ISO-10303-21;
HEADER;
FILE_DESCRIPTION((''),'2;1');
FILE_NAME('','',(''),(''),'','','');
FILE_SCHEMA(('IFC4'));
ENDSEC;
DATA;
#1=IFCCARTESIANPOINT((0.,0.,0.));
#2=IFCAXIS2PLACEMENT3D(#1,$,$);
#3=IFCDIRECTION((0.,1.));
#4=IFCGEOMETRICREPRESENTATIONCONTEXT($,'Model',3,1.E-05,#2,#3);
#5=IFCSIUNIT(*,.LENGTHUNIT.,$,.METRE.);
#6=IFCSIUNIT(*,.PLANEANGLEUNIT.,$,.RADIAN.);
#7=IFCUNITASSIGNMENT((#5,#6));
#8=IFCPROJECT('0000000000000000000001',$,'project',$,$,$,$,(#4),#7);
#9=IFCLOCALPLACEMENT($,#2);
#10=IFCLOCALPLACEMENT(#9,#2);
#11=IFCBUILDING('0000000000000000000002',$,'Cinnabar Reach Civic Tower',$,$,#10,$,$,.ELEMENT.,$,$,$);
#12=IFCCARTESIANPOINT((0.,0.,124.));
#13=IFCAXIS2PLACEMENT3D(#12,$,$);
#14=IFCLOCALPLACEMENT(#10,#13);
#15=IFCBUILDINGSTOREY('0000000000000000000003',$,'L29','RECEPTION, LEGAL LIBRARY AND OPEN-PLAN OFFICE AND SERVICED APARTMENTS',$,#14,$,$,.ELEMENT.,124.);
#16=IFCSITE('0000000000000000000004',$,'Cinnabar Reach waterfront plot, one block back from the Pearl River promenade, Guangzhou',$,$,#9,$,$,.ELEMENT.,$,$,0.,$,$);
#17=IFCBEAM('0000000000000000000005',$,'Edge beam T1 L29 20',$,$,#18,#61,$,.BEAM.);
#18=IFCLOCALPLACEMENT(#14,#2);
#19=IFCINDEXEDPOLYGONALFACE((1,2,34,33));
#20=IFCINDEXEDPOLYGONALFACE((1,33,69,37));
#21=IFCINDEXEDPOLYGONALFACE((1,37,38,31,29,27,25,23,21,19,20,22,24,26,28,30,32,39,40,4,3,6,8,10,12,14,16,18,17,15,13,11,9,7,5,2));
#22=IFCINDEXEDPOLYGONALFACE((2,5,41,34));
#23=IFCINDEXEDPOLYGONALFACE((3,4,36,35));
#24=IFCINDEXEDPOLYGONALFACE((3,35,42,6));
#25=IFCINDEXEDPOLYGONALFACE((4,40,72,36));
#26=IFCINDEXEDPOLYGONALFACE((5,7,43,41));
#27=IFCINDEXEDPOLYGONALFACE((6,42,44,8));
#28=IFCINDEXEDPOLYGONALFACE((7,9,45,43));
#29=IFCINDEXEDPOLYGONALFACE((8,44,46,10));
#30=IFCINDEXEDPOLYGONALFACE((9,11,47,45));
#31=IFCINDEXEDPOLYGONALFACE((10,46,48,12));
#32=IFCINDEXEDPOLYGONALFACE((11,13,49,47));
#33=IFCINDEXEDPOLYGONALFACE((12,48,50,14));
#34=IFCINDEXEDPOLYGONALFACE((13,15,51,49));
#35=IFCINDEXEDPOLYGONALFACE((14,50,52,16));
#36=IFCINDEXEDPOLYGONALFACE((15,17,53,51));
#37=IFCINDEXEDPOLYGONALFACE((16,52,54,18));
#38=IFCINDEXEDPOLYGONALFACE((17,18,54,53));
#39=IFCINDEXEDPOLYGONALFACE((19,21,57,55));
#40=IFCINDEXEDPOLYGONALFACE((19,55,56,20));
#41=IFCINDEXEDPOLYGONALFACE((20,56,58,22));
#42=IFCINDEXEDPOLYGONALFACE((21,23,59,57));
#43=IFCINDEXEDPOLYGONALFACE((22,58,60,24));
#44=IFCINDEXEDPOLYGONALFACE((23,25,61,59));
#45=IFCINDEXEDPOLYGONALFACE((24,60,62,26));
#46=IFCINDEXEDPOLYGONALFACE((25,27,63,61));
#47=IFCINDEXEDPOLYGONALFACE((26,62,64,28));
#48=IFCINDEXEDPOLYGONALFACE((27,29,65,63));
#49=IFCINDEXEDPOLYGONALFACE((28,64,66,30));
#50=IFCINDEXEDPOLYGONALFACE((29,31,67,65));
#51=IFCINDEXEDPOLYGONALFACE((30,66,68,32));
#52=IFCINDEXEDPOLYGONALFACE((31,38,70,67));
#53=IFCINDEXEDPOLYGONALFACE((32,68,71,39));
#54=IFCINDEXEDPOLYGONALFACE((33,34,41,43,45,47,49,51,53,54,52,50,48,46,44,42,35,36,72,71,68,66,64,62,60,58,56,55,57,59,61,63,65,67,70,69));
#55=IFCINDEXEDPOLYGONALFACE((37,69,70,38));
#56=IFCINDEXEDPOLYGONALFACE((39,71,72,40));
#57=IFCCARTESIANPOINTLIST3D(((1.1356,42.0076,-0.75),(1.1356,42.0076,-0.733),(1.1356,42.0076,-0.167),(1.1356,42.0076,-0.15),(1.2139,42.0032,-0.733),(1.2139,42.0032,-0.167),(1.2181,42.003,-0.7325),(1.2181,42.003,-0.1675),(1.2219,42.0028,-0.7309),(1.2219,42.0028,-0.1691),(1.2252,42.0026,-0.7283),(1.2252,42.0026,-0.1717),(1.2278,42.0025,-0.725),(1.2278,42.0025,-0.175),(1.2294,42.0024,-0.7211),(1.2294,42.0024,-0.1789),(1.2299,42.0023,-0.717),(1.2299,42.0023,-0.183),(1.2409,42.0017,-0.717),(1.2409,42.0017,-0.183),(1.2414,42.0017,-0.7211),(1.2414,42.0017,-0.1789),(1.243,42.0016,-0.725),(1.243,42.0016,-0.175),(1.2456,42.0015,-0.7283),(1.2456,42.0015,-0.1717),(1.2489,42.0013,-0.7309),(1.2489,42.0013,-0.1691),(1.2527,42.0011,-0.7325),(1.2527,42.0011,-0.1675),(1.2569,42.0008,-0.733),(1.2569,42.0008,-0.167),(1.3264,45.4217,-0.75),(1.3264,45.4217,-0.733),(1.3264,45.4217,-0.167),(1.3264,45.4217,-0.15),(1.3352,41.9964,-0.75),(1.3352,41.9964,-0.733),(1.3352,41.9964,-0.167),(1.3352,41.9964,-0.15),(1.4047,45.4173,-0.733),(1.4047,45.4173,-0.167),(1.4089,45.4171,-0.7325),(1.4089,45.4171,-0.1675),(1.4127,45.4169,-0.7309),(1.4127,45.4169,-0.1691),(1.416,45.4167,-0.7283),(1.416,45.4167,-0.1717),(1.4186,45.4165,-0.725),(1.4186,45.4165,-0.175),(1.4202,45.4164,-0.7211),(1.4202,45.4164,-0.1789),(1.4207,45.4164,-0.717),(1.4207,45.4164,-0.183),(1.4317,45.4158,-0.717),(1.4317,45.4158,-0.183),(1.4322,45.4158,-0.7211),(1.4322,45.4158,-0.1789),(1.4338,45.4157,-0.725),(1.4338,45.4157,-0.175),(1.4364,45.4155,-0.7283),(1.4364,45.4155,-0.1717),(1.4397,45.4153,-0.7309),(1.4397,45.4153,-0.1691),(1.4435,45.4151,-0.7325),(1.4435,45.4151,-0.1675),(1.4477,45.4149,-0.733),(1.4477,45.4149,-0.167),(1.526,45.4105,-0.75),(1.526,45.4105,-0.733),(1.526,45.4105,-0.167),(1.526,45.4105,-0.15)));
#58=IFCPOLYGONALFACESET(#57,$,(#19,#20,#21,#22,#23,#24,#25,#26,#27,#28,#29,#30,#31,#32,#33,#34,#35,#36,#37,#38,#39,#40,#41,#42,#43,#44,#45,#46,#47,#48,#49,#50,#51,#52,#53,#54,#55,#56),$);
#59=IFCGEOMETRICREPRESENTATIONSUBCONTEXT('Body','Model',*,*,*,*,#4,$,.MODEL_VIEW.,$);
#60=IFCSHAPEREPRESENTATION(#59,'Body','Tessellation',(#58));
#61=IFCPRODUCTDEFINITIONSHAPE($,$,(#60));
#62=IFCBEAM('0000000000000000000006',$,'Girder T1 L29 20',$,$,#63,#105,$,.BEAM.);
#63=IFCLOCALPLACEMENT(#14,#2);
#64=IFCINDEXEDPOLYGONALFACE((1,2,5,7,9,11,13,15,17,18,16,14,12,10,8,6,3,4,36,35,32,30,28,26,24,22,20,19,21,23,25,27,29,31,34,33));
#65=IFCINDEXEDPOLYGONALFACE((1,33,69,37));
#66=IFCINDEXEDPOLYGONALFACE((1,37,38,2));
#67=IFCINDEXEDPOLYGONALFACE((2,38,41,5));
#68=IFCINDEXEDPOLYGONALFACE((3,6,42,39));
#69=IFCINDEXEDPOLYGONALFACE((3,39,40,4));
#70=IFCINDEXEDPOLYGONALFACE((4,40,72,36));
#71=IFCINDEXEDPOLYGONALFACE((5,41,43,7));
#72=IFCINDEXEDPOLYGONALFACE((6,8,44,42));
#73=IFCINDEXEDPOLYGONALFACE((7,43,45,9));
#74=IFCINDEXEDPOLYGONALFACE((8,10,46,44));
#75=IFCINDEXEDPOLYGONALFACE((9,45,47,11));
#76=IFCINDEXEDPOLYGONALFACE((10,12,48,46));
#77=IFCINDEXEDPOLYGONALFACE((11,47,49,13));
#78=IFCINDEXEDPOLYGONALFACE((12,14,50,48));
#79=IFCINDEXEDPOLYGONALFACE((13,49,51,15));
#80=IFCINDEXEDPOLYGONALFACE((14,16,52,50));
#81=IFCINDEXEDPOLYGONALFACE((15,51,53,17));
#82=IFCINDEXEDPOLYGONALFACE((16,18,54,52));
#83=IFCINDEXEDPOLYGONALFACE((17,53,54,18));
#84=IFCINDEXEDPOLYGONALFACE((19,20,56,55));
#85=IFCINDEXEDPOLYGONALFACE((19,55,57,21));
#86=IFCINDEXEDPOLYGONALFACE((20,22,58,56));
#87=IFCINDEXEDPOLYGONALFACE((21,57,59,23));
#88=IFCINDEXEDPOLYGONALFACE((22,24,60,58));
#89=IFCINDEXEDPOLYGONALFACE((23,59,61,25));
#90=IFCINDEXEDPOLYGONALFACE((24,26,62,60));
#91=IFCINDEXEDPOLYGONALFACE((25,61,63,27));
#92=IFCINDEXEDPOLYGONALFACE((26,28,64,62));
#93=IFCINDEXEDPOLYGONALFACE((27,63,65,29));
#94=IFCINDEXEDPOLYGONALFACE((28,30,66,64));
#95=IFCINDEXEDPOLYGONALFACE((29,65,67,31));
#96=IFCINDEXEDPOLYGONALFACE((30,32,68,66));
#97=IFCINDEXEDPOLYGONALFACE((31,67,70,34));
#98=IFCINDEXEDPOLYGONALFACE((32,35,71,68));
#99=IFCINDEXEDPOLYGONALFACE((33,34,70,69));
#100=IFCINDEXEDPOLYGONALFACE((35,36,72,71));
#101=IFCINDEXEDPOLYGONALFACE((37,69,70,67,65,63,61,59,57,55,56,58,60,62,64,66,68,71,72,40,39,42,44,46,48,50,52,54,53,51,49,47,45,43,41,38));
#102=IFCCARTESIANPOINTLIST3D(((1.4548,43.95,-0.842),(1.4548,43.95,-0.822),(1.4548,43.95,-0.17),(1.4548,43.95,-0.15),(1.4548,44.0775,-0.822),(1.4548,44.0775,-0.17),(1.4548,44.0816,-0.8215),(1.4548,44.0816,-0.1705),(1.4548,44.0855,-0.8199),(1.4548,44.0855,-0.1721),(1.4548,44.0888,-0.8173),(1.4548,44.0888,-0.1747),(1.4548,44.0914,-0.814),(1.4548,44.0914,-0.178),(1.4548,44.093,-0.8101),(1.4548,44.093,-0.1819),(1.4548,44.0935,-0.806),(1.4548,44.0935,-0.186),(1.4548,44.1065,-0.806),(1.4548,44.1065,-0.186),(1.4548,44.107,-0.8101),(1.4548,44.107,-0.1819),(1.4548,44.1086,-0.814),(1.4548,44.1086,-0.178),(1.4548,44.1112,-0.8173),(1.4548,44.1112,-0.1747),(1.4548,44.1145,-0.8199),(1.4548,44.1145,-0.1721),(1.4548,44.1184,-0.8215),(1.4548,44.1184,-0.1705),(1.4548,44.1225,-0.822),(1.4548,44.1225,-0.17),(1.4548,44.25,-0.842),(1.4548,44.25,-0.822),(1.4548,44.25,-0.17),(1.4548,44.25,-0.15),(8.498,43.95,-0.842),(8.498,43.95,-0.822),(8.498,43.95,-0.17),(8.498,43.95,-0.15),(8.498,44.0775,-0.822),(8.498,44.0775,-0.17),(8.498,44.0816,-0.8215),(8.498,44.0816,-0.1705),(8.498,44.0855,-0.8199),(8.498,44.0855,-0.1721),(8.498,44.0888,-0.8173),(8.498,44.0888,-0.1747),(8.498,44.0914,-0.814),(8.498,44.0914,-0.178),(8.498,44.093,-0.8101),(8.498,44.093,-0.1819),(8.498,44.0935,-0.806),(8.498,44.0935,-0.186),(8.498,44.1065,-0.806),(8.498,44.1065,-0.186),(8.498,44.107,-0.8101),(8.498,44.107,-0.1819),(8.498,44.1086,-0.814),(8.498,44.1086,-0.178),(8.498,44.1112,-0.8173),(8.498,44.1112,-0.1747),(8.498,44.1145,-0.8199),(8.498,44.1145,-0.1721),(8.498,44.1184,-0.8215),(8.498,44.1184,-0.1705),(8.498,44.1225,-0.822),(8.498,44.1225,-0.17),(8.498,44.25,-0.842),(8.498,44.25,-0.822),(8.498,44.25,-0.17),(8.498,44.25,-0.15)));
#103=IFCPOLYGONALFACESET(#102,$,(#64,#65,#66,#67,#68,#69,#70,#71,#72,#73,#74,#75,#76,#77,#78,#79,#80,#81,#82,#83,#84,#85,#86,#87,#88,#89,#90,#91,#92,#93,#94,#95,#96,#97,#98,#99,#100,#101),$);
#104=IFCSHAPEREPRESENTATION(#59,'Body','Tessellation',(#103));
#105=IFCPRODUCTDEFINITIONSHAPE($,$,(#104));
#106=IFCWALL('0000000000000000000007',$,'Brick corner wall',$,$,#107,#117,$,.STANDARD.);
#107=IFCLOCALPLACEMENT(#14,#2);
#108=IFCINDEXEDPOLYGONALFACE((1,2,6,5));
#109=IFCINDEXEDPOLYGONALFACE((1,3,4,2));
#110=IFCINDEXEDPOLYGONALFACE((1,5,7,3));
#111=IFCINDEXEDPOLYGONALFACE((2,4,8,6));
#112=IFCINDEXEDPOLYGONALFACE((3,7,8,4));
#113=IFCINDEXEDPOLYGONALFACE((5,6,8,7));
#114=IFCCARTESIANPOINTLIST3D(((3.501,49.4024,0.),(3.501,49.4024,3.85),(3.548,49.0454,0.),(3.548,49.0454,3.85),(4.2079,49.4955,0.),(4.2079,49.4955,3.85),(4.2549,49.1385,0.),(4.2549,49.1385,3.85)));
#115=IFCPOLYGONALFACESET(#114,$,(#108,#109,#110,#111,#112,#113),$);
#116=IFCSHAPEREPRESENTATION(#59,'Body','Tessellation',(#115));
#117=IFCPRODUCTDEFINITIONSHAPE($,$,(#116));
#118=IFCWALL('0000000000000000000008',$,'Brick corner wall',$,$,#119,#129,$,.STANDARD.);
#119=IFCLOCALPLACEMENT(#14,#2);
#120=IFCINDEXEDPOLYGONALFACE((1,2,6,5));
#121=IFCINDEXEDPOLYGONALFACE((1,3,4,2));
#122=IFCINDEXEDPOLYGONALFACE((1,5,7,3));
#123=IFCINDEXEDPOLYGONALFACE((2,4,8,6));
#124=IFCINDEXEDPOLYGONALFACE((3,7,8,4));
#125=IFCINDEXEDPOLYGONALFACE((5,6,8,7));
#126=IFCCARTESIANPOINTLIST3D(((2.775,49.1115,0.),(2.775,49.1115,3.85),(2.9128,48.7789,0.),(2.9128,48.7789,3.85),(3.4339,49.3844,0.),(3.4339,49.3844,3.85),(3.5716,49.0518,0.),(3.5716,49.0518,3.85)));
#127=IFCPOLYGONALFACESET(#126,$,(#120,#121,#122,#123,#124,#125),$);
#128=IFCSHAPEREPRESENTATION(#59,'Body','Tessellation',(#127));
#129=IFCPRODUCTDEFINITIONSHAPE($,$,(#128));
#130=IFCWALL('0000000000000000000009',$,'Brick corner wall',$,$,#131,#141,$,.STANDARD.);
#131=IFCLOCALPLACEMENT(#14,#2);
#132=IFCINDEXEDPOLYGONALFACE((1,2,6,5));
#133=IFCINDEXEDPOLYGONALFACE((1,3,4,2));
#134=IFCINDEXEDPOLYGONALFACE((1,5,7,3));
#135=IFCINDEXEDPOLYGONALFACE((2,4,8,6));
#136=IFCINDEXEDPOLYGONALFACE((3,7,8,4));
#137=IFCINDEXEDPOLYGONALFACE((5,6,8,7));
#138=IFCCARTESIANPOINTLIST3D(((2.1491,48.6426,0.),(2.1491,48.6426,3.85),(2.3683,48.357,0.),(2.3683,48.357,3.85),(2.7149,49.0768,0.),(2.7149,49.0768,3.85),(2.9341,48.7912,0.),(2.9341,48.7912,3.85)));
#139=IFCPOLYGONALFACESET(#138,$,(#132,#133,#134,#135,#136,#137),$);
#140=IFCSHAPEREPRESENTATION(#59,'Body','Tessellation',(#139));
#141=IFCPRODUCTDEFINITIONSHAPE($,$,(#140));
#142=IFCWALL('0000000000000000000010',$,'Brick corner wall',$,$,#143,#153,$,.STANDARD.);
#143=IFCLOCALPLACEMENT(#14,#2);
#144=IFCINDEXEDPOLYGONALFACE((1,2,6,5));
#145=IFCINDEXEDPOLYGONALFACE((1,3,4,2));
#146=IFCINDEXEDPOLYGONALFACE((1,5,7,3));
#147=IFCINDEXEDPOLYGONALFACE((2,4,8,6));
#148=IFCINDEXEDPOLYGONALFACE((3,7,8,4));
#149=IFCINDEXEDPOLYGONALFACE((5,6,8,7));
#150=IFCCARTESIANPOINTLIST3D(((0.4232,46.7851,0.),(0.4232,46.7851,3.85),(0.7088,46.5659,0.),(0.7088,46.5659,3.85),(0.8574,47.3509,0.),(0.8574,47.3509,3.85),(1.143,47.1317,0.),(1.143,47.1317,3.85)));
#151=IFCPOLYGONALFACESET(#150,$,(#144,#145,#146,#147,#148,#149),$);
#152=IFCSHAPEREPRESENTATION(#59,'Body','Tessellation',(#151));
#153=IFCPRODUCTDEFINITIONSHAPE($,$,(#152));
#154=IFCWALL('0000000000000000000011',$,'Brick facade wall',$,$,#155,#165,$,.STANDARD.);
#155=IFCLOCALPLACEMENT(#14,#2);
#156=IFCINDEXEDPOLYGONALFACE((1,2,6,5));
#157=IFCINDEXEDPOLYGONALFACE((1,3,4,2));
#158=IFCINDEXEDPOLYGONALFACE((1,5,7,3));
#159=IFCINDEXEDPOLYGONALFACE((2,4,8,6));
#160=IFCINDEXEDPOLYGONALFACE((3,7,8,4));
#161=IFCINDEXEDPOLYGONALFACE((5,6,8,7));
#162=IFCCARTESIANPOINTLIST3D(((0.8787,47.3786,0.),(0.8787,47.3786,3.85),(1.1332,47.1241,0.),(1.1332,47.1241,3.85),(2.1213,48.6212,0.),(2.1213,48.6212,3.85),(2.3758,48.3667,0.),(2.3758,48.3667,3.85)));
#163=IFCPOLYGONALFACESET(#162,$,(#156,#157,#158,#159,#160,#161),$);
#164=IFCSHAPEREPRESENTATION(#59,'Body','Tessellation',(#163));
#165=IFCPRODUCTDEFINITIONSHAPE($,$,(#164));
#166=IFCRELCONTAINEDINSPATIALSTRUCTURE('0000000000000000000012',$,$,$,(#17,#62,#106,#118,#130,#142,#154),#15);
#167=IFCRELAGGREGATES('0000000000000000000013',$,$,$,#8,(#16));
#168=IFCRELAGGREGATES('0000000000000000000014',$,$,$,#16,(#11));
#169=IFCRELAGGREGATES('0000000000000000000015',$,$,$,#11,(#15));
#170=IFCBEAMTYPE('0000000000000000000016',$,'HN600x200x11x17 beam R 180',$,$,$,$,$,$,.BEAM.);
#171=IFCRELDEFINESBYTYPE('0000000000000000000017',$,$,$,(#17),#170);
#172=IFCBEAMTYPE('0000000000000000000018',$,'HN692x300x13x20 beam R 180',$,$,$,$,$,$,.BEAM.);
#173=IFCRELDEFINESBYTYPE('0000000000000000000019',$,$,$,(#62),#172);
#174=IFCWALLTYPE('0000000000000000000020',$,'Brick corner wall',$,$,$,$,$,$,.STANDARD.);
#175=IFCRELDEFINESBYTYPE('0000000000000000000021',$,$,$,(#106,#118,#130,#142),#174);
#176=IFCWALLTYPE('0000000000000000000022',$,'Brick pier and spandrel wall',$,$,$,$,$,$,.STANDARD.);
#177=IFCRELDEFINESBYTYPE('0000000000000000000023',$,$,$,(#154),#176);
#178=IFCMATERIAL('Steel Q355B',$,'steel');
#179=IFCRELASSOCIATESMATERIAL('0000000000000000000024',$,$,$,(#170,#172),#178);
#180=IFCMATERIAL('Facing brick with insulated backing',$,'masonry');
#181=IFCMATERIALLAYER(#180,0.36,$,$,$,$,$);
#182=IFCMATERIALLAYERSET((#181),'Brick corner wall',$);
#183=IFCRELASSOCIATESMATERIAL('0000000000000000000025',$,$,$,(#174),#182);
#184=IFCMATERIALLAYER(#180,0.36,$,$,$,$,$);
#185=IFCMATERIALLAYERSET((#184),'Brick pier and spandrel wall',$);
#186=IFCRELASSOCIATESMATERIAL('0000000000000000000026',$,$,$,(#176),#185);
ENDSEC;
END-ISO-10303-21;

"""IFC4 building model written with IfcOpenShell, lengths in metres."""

from ifc_helpers import new_model, si_unit, direction, frame, frame_2d, origin, origin_2d, place, context, subcontext, project, spatial, rectangle, i_section, extrude, material, layer, layer_set, material_profile, profile_set, type_object, element, save


model = new_model("IFC4")

# Units and contexts
model_context = context("Model", 3, precision=1e-05, world=origin(), true_north=direction((0.0, 1.0)))
body_context = subcontext(model_context, "Body", "Model", "MODEL_VIEW")
ifc_project = project(units=[si_unit("LENGTHUNIT", "METRE"), si_unit("PLANEANGLEUNIT", "RADIAN")], contexts=[model_context])

# Site, building, storey
site_placement = place(None, origin())
site = spatial("IfcSite", under=ifc_project, at=site_placement, Name="Cinnabar Reach waterfront plot, one block back from the Pearl River promenade, Guangzhou", CompositionType="ELEMENT", RefElevation=0.0)
building_placement = place(site_placement, origin())
building = spatial("IfcBuilding", under=site, at=building_placement, Name="Cinnabar Reach Civic Tower", CompositionType="ELEMENT")
storey_placement = place(building_placement, frame((0.0, 0.0, 124.0)))
storey = spatial("IfcBuildingStorey", under=building, at=storey_placement, Name="L29", Description="RECEPTION, LEGAL LIBRARY AND OPEN-PLAN OFFICE AND SERVICED APARTMENTS", CompositionType="ELEMENT", Elevation=124.0)

# Beams
ifc_material_1 = material(Name="Steel Q355B", Category="steel")
ifc_material_profile_1 = material_profile(ifc_material_1, i_section(OverallWidth=0.2, OverallDepth=0.6, WebThickness=0.011, FlangeThickness=0.017, FilletRadius=0.016, at=origin_2d()), Name="HN600x200x11x17")
ifc_profile_set_1 = profile_set([ifc_material_profile_1], Name="Steel Q355B")
beam_type_1 = type_object("IfcBeamType", Name="HN600x200x11x17 beam R 180", PredefinedType="BEAM", material=ifc_profile_set_1)
beam_1_placement = place(storey_placement, frame((1.4262, 45.4161, -0.45), z_axis=(-0.055799, -0.998442, 0.0), x_axis=(0.998442, -0.055799, 0.0)))
element("IfcBeam", 1, at=beam_1_placement, inside=storey, type_object=beam_type_1, Name="Edge beam T1 L29 20", PredefinedType="BEAM", context=body_context, shape_type="SweptSolid", body=[
    extrude(i_section(OverallWidth=0.2, OverallDepth=0.6, WebThickness=0.011, FlangeThickness=0.017, FilletRadius=0.016, at=origin_2d()), origin(), (0.0, 0.0, 1.0), 3.4194),
])
ifc_material_profile_2 = material_profile(ifc_material_1, i_section(OverallWidth=0.3, OverallDepth=0.692, WebThickness=0.013, FlangeThickness=0.02, FilletRadius=0.016, at=origin_2d()), Name="HN692x300x13x20")
ifc_profile_set_2 = profile_set([ifc_material_profile_2], Name="Steel Q355B")
beam_type_2 = type_object("IfcBeamType", Name="HN692x300x13x20 beam R 180", PredefinedType="BEAM", material=ifc_profile_set_2)
beam_2_placement = place(storey_placement, frame((1.4548, 44.1, -0.496), z_axis=(1.0, 0.0, 0.0), x_axis=(0.0, 1.0, 0.0)))
element("IfcBeam", 2, at=beam_2_placement, inside=storey, type_object=beam_type_2, Name="Girder T1 L29 20", PredefinedType="BEAM", context=body_context, shape_type="SweptSolid", body=[
    extrude(i_section(OverallWidth=0.3, OverallDepth=0.692, WebThickness=0.013, FlangeThickness=0.02, FilletRadius=0.016, at=origin_2d()), origin(), (0.0, 0.0, 1.0), 7.0432),
])

# Walls
ifc_material_2 = material(Name="Facing brick with insulated backing", Category="masonry")
ifc_layer_1 = layer(ifc_material_2, 0.36)
ifc_layer_set_1 = layer_set([ifc_layer_1], Name="Brick corner wall")
wall_type_1 = type_object("IfcWallType", Name="Brick corner wall", PredefinedType="STANDARD", material=ifc_layer_set_1)
for number, where, z_axis, x_axis, name in (
    (3, (4.2314, 49.317, 0.0), (0.0, 0.0, 1.0), (-0.991441, -0.130556, 0.0), "Brick corner wall"),
    (4, (3.5027, 49.2181, 0.0), (0.0, 0.0, 1.0), (-0.923872, -0.382703, 0.0), "Brick corner wall"),
):
    element("IfcWall", number, at=place(storey_placement, frame(where, z_axis=z_axis, x_axis=x_axis)), inside=storey, type_object=wall_type_1, Name=name, PredefinedType="STANDARD", context=body_context, shape_type="SweptSolid", body=[
        extrude(rectangle(XDim=0.7131, YDim=0.36, at=frame_2d((0.3565, 0.0))), origin(), (0.0, 0.0, 1.0), 3.85),
    ])
for number, where, z_axis, x_axis, name in (
    (5, (2.8245, 48.934, 0.0), (0.0, 0.0, 1.0), (-0.793322, -0.608802, 0.0), "Brick corner wall"),
    (6, (1.0002, 47.2413, 0.0), (0.0, 0.0, 1.0), (-0.608802, -0.793322, 0.0), "Brick corner wall"),
):
    element("IfcWall", number, at=place(storey_placement, frame(where, z_axis=z_axis, x_axis=x_axis)), inside=storey, type_object=wall_type_1, Name=name, PredefinedType="STANDARD", context=body_context, shape_type="SweptSolid", body=[
        extrude(rectangle(XDim=0.7132, YDim=0.36, at=frame_2d((0.3566, 0.0))), origin(), (0.0, 0.0, 1.0), 3.85),
    ])
ifc_layer_2 = layer(ifc_material_2, 0.36)
ifc_layer_set_2 = layer_set([ifc_layer_2], Name="Brick pier and spandrel wall")
wall_type_2 = type_object("IfcWallType", Name="Brick pier and spandrel wall", PredefinedType="STANDARD", material=ifc_layer_set_2)
wall_1_placement = place(storey_placement, frame((2.2486, 48.494, 0.0), z_axis=(0.0, 0.0, 1.0), x_axis=(-0.707107, -0.707107, 0.0)))
element("IfcWall", 7, at=wall_1_placement, inside=storey, type_object=wall_type_2, Name="Brick facade wall", PredefinedType="STANDARD", context=body_context, shape_type="SweptSolid", body=[
    extrude(rectangle(XDim=1.7573, YDim=0.36, at=frame_2d((0.8787, 0.0))), origin(), (0.0, 0.0, 1.0), 3.85),
])

save(model, "model.ifc")
